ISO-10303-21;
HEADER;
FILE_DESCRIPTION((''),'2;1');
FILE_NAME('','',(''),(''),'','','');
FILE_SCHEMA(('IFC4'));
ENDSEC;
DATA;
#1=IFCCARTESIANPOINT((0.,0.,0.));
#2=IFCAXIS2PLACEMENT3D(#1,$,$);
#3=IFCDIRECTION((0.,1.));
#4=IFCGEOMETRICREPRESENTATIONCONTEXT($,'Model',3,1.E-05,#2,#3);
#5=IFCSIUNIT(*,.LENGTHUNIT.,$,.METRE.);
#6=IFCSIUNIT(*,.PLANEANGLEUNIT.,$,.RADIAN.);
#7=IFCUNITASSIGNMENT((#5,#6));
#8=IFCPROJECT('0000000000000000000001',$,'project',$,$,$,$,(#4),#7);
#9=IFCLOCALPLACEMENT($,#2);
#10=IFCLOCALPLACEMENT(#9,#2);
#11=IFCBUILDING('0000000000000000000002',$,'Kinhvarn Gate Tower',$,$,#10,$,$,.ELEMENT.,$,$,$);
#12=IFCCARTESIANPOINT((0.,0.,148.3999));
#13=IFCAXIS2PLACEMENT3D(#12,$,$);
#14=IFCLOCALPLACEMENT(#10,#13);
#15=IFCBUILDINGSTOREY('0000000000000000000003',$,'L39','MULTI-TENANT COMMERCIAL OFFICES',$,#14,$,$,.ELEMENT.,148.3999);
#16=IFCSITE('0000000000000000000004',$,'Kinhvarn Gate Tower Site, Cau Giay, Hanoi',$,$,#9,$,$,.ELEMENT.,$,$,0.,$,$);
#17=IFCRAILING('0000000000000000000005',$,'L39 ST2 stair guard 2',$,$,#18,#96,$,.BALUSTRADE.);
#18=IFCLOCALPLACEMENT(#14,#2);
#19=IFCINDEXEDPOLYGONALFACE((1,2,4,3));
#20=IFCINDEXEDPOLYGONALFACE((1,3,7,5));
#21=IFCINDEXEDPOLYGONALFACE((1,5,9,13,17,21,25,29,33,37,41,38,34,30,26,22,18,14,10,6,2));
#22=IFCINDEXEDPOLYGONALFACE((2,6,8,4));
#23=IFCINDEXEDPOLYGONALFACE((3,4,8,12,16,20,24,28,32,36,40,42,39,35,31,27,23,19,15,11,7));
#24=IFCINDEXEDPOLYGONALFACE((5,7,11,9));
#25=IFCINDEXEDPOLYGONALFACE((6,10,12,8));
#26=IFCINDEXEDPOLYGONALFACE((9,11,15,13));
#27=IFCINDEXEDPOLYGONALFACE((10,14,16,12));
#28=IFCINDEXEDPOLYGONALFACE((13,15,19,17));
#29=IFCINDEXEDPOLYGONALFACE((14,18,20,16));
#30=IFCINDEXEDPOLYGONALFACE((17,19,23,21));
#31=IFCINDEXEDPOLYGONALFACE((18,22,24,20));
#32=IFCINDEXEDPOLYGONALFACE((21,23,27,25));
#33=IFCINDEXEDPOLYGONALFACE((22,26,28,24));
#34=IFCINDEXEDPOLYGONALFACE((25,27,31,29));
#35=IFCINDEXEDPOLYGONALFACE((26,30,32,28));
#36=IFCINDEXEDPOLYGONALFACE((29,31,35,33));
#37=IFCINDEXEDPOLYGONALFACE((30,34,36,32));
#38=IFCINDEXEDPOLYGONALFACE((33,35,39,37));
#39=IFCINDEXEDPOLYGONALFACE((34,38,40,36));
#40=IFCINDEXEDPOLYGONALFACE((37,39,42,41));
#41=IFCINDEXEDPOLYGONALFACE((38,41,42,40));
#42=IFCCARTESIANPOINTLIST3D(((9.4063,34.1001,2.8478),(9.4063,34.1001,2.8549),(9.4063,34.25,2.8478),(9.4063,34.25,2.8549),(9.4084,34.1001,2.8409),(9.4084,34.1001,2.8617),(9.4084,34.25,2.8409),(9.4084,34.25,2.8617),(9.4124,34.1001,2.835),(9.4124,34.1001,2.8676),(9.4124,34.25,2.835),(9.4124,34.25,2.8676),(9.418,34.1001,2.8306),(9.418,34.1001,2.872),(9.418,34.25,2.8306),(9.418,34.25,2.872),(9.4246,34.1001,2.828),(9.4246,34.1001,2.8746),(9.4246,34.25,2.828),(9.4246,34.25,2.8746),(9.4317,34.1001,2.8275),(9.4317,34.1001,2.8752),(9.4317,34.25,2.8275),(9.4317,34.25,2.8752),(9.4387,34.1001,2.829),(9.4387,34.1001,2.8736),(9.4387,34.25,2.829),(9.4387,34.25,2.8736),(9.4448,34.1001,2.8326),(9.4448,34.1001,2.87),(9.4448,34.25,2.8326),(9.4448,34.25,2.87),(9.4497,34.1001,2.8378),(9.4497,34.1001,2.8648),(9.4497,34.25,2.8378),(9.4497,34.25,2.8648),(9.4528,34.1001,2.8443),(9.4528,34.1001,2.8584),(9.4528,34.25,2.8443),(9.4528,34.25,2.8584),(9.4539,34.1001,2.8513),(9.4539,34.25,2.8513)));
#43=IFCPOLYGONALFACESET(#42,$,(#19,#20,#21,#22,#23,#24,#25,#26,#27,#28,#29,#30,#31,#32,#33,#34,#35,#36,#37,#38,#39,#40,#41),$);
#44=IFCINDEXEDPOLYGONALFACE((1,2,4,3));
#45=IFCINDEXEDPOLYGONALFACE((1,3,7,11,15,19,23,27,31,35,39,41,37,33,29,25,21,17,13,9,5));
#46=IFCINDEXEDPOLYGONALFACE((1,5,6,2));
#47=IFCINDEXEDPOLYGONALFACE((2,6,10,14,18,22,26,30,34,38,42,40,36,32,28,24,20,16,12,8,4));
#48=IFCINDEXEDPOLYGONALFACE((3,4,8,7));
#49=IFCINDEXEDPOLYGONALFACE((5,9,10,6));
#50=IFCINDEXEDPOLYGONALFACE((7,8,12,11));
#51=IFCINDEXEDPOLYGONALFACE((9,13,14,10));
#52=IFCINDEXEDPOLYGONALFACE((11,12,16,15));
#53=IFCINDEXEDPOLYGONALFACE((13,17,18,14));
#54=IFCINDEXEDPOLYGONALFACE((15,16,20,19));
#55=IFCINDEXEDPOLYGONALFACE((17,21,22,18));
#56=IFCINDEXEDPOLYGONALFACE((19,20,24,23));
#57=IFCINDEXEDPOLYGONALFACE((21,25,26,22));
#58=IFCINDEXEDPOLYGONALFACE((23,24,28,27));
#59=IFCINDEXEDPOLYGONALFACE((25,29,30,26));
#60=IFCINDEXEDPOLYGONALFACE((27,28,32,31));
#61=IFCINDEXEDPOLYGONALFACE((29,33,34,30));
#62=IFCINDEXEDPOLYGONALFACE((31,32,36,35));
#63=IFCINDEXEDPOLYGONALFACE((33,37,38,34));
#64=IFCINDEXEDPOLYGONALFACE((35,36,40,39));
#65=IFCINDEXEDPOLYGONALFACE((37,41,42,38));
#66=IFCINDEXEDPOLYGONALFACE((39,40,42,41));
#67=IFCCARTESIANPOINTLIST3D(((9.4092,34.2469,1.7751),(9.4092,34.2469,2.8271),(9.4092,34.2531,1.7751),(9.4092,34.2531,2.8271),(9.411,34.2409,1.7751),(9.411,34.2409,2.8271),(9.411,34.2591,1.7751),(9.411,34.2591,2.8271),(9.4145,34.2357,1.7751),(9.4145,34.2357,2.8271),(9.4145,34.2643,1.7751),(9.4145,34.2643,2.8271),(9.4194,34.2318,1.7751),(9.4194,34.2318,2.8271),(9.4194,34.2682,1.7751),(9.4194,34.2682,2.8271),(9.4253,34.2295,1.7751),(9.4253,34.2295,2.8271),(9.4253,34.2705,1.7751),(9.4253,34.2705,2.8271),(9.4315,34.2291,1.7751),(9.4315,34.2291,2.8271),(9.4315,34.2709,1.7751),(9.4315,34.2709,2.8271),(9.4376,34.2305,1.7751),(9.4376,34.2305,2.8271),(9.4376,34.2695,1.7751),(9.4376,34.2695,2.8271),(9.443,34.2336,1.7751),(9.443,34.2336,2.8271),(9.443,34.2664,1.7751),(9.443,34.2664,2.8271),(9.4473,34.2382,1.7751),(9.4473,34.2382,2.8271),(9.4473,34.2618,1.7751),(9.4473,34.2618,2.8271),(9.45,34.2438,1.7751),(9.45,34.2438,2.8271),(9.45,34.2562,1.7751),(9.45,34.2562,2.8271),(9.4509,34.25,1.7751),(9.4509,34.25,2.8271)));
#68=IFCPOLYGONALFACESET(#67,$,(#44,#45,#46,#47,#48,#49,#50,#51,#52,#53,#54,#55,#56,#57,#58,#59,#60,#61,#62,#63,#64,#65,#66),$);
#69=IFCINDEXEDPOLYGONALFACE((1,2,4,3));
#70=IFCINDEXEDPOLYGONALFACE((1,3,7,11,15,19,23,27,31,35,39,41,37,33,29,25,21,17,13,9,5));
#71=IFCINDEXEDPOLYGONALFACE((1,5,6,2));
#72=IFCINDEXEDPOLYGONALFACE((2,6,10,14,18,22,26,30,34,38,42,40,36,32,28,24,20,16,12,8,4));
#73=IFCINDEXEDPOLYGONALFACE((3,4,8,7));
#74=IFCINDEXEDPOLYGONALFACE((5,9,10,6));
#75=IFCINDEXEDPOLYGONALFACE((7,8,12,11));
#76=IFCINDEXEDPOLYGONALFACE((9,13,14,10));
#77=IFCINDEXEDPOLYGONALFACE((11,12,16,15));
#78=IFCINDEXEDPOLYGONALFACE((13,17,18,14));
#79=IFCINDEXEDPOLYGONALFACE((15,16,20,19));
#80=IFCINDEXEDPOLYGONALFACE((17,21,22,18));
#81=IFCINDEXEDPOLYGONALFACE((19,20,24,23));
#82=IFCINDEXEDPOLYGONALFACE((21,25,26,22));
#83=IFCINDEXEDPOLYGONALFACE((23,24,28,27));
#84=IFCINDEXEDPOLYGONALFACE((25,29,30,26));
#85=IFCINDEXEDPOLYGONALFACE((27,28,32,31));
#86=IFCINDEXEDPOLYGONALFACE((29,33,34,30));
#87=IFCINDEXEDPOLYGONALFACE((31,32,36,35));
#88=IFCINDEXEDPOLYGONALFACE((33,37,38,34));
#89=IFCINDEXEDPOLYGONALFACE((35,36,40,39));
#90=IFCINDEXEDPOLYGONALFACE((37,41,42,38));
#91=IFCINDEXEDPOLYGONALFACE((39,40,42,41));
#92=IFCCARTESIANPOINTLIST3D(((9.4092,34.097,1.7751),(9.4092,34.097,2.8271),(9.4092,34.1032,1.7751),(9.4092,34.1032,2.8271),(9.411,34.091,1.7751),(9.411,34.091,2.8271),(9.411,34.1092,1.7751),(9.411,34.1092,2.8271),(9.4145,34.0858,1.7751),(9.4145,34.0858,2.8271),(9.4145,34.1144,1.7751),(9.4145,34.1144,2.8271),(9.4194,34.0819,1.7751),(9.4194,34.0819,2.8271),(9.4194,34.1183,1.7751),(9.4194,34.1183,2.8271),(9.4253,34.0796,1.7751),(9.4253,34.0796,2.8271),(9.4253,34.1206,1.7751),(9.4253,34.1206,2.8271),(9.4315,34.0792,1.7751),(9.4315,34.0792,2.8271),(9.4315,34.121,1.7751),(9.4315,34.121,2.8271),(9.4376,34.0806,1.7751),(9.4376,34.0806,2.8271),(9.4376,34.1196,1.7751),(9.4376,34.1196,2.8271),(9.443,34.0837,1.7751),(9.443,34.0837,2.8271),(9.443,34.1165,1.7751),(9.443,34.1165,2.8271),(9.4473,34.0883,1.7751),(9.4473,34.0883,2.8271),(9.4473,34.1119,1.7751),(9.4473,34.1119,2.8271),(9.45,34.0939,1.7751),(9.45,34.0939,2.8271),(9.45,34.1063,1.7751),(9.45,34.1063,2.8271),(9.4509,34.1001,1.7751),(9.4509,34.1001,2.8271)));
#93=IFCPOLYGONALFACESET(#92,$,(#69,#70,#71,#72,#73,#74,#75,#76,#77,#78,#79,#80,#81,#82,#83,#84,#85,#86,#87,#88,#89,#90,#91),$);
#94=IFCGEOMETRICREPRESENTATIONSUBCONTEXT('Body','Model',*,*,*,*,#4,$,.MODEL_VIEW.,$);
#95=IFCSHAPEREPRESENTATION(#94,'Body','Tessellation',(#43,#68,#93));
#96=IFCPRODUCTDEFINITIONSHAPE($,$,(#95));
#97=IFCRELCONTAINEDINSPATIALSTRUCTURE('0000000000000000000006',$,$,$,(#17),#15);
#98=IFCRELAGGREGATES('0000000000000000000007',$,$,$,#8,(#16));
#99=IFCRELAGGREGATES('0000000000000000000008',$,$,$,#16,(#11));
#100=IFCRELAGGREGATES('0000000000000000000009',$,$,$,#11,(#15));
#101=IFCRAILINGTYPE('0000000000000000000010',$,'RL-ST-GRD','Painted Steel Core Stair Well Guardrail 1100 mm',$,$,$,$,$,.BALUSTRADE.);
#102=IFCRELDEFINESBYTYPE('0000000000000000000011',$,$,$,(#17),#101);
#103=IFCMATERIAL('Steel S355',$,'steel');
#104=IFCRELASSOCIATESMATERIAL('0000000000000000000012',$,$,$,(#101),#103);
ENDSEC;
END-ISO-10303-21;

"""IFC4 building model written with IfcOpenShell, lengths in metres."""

from ifc_helpers import new_model, si_unit, direction, frame, origin, origin_2d, place, context, subcontext, project, spatial, circle, extrude, material, type_object, element, save


model = new_model("IFC4")

# Units and contexts
model_context = context("Model", 3, precision=1e-05, world=origin(), true_north=direction((0.0, 1.0)))
body_context = subcontext(model_context, "Body", "Model", "MODEL_VIEW")
ifc_project = project(units=[si_unit("LENGTHUNIT", "METRE"), si_unit("PLANEANGLEUNIT", "RADIAN")], contexts=[model_context])

# Site, building, storey
site_placement = place(None, origin())
site = spatial("IfcSite", under=ifc_project, at=site_placement, Name="Kinhvarn Gate Tower Site, Cau Giay, Hanoi", CompositionType="ELEMENT", RefElevation=0.0)
building_placement = place(site_placement, origin())
building = spatial("IfcBuilding", under=site, at=building_placement, Name="Kinhvarn Gate Tower", CompositionType="ELEMENT")
storey_placement = place(building_placement, frame((0.0, 0.0, 148.3999)))
storey = spatial("IfcBuildingStorey", under=building, at=storey_placement, Name="L39", Description="MULTI-TENANT COMMERCIAL OFFICES", CompositionType="ELEMENT", Elevation=148.3999)

# Shared definitions
ifc_material_1 = material(Name="Steel S355", Category="steel")

# Railing
railing_type_1 = type_object("IfcRailingType", Name="RL-ST-GRD", Description="Painted Steel Core Stair Well Guardrail 1100 mm", PredefinedType="BALUSTRADE", material=ifc_material_1)
railing_1_placement = place(storey_placement, frame((9.4299, 34.25, 1.7751)))
element("IfcRailing", 1, at=railing_1_placement, inside=storey, type_object=railing_type_1, Name="L39 ST2 stair guard 2", PredefinedType="BALUSTRADE", context=body_context, shape_type="SweptSolid", body=[
    extrude(circle(Radius=0.0239, at=origin_2d()), frame((0.0, 0.0, 1.0762), z_axis=(0.0, -1.0, 0.0), x_axis=(1.0, 0.0, 0.0)), (0.0, 0.0, 1.0), 0.1499),
    extrude(circle(Radius=0.021, at=origin_2d()), origin(), (0.0, 0.0, 1.0), 1.052),
    extrude(circle(Radius=0.021, at=origin_2d()), frame((0.0, -0.1499, 0.0)), (0.0, 0.0, 1.0), 1.052),
])

save(model, "model.ifc")
